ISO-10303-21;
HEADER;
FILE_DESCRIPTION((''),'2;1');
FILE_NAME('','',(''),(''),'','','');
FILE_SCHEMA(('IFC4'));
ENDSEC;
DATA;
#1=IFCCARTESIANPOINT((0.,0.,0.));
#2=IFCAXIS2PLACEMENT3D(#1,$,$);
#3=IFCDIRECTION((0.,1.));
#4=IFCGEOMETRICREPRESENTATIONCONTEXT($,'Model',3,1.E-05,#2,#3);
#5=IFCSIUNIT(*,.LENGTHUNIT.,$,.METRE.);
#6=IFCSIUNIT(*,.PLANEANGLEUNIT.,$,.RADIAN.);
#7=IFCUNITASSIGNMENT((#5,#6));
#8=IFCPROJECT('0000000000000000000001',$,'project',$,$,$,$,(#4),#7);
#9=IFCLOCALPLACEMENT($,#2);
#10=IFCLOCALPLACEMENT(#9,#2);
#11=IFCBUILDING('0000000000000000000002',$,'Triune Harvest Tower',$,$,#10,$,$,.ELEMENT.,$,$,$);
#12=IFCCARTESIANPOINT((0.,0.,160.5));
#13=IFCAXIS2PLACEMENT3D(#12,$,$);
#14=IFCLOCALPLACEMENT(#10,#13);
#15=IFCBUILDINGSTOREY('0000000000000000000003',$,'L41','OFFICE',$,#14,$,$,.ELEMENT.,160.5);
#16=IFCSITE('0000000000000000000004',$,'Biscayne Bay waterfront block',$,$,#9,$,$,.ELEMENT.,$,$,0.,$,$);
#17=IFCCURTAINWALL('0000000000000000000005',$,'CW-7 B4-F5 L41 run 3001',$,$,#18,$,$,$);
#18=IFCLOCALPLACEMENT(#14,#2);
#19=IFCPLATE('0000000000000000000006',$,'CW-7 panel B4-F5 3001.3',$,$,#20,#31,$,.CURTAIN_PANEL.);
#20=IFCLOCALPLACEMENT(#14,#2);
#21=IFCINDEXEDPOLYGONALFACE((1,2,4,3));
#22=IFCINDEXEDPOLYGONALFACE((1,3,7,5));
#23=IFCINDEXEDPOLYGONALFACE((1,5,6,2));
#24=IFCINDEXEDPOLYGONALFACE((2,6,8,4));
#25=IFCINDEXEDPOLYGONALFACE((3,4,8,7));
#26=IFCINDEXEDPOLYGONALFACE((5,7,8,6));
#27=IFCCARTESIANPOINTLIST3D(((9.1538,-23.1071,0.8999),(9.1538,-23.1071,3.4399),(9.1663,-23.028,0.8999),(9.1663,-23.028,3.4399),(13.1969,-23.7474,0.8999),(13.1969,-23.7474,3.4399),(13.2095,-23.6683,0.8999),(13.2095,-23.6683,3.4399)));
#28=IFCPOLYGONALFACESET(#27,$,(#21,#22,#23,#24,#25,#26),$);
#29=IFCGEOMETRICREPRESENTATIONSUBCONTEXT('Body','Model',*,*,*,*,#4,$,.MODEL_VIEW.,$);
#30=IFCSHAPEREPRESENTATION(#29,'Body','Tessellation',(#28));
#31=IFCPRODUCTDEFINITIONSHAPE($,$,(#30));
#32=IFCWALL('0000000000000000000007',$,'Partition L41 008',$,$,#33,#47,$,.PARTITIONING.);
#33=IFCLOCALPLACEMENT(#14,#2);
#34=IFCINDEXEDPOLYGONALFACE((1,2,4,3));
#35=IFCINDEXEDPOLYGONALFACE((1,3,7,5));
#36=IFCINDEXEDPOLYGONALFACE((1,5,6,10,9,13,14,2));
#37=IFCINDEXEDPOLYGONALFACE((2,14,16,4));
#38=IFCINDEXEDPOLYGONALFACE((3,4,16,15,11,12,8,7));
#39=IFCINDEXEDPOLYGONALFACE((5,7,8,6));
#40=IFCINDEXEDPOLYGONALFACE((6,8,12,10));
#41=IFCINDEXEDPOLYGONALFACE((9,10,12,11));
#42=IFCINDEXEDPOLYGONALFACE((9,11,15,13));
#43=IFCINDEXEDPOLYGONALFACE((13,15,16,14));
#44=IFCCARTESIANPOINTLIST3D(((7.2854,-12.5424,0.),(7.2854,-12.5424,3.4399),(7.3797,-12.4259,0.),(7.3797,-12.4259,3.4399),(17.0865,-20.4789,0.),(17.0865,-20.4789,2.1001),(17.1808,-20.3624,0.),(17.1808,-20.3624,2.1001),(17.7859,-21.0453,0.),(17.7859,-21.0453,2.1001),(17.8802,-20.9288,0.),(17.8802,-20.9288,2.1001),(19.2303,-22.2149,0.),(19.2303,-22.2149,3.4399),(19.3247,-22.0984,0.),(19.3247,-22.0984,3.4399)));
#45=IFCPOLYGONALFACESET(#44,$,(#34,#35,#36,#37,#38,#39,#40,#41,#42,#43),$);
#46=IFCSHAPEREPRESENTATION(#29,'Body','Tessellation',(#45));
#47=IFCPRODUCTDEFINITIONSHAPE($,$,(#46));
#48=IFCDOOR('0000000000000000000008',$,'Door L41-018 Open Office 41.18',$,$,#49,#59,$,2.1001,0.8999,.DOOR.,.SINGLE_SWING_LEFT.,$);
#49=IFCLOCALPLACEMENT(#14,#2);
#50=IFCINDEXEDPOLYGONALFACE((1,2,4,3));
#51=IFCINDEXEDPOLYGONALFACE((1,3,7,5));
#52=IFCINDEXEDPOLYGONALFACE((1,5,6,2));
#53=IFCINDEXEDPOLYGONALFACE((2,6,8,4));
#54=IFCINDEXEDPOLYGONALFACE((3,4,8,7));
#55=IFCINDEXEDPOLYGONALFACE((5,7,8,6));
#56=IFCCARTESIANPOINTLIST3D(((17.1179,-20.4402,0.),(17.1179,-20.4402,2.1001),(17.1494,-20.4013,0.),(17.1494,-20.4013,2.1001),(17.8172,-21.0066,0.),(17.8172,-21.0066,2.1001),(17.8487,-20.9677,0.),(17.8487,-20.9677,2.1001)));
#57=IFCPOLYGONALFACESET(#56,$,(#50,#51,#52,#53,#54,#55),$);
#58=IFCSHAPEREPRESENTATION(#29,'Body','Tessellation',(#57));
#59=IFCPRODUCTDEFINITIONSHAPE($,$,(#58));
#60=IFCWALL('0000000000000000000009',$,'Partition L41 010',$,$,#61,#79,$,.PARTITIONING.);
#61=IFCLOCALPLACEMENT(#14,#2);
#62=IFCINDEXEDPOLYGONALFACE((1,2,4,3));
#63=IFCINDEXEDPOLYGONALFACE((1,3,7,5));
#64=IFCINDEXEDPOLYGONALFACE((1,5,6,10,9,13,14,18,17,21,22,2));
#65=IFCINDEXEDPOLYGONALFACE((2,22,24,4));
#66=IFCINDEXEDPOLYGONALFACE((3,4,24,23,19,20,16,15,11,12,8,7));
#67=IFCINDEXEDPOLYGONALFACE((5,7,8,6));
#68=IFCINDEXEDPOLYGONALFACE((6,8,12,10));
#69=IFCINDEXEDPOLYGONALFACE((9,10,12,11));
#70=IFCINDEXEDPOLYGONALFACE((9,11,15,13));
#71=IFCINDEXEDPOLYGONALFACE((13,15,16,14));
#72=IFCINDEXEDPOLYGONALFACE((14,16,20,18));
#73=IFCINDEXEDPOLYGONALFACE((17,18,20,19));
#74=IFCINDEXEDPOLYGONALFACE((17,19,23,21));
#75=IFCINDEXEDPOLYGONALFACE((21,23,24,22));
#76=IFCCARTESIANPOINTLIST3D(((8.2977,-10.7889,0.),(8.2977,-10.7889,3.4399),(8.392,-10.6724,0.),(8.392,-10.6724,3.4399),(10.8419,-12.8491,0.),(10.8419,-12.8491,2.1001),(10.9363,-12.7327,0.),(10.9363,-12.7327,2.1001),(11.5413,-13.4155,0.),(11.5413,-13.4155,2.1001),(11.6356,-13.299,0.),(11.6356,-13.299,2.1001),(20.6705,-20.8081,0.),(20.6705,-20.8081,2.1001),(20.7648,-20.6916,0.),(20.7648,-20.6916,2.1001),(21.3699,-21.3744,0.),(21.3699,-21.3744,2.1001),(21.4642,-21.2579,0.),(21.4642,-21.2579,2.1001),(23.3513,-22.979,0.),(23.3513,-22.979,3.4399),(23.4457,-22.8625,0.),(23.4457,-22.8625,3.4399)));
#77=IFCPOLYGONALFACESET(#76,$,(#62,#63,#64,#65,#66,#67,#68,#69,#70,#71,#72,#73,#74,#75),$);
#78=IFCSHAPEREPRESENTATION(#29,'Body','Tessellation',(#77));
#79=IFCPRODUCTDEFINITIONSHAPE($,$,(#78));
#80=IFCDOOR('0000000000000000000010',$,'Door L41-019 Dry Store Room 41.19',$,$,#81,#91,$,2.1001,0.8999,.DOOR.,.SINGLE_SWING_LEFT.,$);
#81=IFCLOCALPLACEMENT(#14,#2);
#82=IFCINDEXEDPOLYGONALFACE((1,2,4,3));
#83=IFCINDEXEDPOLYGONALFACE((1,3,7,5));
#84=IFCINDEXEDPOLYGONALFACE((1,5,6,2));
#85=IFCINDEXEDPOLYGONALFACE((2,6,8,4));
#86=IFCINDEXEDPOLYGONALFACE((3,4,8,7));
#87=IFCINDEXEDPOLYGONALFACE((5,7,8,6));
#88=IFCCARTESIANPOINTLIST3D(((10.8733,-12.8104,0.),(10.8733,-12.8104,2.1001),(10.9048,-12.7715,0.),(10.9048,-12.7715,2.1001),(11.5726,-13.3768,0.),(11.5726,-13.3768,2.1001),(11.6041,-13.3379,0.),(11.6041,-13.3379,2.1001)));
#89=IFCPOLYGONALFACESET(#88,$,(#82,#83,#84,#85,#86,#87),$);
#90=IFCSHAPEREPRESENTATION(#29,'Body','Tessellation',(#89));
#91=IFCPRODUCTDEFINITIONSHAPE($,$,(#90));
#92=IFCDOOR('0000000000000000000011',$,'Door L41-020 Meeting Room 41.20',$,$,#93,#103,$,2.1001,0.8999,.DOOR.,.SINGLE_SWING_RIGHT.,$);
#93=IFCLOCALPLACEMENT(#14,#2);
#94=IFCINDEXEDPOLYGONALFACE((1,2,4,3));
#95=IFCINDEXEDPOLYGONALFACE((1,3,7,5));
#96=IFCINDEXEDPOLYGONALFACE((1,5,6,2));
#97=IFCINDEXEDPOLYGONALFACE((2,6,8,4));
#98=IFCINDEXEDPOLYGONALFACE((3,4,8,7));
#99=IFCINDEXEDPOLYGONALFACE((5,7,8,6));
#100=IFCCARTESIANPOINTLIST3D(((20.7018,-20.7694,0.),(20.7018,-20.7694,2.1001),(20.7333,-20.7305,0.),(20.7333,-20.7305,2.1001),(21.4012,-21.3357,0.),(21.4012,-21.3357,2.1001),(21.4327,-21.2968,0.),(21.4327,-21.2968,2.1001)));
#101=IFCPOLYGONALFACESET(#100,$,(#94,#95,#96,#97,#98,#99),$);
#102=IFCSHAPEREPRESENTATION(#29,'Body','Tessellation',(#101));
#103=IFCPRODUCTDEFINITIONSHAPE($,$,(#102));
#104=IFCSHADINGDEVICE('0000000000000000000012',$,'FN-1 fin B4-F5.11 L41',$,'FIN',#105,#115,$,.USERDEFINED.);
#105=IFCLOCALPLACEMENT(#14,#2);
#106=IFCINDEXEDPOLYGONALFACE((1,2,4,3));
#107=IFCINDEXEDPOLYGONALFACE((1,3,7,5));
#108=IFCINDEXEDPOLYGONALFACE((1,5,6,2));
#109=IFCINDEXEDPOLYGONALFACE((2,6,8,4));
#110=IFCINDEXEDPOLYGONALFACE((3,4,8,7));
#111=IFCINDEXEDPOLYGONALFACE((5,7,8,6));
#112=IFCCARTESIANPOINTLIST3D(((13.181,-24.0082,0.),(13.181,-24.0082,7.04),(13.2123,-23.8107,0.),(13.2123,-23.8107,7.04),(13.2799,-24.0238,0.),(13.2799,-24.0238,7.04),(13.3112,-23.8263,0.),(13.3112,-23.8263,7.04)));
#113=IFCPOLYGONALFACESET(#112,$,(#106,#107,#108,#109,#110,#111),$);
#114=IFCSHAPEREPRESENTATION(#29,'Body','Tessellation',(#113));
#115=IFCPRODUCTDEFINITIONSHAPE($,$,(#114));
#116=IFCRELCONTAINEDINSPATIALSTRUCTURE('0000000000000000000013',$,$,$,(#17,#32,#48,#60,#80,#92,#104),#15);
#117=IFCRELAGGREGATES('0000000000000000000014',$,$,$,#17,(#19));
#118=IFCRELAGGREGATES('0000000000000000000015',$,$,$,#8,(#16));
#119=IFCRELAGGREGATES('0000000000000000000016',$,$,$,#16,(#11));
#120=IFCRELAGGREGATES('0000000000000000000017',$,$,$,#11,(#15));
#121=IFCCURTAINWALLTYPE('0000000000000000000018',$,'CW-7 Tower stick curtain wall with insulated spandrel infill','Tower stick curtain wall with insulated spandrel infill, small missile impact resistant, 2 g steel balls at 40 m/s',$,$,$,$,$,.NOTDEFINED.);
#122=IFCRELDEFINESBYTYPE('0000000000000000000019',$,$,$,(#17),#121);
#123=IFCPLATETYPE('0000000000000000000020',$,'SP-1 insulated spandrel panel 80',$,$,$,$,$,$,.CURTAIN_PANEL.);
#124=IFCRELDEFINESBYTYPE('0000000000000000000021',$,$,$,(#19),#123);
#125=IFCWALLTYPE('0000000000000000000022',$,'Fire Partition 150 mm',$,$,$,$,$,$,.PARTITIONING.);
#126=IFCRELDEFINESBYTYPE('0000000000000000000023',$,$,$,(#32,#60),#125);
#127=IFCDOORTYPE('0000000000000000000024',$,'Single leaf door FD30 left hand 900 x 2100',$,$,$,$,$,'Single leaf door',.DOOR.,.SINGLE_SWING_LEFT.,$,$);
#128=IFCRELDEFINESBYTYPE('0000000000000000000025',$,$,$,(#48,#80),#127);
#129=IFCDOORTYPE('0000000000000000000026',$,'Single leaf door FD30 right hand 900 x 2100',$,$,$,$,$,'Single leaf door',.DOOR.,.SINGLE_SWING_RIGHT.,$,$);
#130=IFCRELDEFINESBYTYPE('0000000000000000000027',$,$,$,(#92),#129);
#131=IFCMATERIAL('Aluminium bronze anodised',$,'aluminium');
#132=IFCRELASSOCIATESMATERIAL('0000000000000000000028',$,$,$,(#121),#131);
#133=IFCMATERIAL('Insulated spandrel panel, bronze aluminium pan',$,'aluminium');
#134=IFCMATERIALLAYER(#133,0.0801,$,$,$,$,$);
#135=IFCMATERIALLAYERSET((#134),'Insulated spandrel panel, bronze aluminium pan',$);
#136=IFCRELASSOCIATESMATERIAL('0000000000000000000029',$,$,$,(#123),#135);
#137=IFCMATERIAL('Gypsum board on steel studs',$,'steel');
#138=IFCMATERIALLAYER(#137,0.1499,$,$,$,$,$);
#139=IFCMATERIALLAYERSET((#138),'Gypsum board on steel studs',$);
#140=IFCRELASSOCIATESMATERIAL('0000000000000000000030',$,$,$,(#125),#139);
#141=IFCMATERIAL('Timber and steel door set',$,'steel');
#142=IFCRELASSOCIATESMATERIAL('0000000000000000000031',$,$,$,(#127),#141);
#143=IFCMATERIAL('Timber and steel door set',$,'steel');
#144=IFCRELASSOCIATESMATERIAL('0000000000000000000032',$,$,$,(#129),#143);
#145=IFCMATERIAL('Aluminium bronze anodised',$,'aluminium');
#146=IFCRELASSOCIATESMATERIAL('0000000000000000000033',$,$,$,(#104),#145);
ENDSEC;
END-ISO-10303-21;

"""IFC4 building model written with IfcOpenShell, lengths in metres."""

from ifc_helpers import new_model, si_unit, direction, frame, frame_2d, origin, origin_2d, place, context, subcontext, project, spatial, rectangle, extrude, source, transform, mapped, material, layer, layer_set, type_object, element, fill, aggregate, save


model = new_model("IFC4")

# Units and contexts
model_context = context("Model", 3, precision=1e-05, world=origin(), true_north=direction((0.0, 1.0)))
body_context = subcontext(model_context, "Body", "Model", "MODEL_VIEW")
ifc_project = project(units=[si_unit("LENGTHUNIT", "METRE"), si_unit("PLANEANGLEUNIT", "RADIAN")], contexts=[model_context])

# Site, building, storey
site_placement = place(None, origin())
site = spatial("IfcSite", under=ifc_project, at=site_placement, Name="Biscayne Bay waterfront block", CompositionType="ELEMENT", RefElevation=0.0)
building_placement = place(site_placement, origin())
building = spatial("IfcBuilding", under=site, at=building_placement, Name="Triune Harvest Tower", CompositionType="ELEMENT")
storey_placement = place(building_placement, frame((0.0, 0.0, 160.5)))
storey = spatial("IfcBuildingStorey", under=building, at=storey_placement, Name="L41", Description="OFFICE", CompositionType="ELEMENT", Elevation=160.5)

# Curtain wall
ifc_material_1 = material(Name="Aluminium bronze anodised", Category="aluminium")
curtain_wall_type_1 = type_object("IfcCurtainWallType", Name="CW-7 Tower stick curtain wall with insulated spandrel infill", Description="Tower stick curtain wall with insulated spandrel infill, small missile impact resistant, 2 g steel balls at 40 m/s", PredefinedType="NOTDEFINED", material=ifc_material_1)
curtain_wall_1_placement = place(storey_placement, origin())
curtain_wall_1 = element("IfcCurtainWall", 1, at=curtain_wall_1_placement, inside=storey, type_object=curtain_wall_type_1, Name="CW-7 B4-F5 L41 run 3001")

# Plate
ifc_material_2 = material(Name="Insulated spandrel panel, bronze aluminium pan", Category="aluminium")
ifc_layer_1 = layer(ifc_material_2, 0.0801)
ifc_layer_set_1 = layer_set([ifc_layer_1], Name="Insulated spandrel panel, bronze aluminium pan")
plate_type = type_object("IfcPlateType", Name="SP-1 insulated spandrel panel 80", PredefinedType="CURTAIN_PANEL", material=ifc_layer_set_1)
shared_shape_1 = source(origin(), body_context, "Body", "SweptSolid", [
    extrude(rectangle(XDim=4.0935, YDim=0.0801, at=origin_2d()), origin(), (0.0, 0.0, 1.0), 2.54),
])
plate_1_placement = place(storey_placement, frame((11.1816, -23.3877, 0.8999), z_axis=(0.0, 0.0, 1.0), x_axis=(0.987689, -0.156431, 0.0)))
plate_1 = element("IfcPlate", 2, at=plate_1_placement, type_object=plate_type, Name="CW-7 panel B4-F5 3001.3", PredefinedType="CURTAIN_PANEL", context=body_context, shape_type="MappedRepresentation", body=[
    mapped(shared_shape_1, transform((0.0, 0.0, 0.0), scale=1.0)),
])
aggregate(curtain_wall_1, [plate_1])

# Wall, opening, door
ifc_material_3 = material(Name="Gypsum board on steel studs", Category="steel")
ifc_layer_2 = layer(ifc_material_3, 0.1499)
ifc_layer_set_2 = layer_set([ifc_layer_2], Name="Gypsum board on steel studs")
wall_type = type_object("IfcWallType", Name="Fire Partition 150 mm", PredefinedType="PARTITIONING", material=ifc_layer_set_2)
shared_shape_2 = source(origin(), body_context, "Body", "SweptSolid", [
    extrude(rectangle(XDim=15.3701, YDim=0.1499, at=frame_2d((7.6851, 0.0))), origin(), (0.0, 0.0, 1.0), 3.4399),
])
wall_1_placement = place(storey_placement, frame((7.3325, -12.4841, 0.0), z_axis=(0.0, 0.0, 1.0), x_axis=(0.777156, -0.629308, 0.0)))
wall_1 = element("IfcWall", 3, at=wall_1_placement, inside=storey, type_object=wall_type, Name="Partition L41 008", PredefinedType="PARTITIONING", context=body_context, shape_type="MappedRepresentation", body=[
    mapped(shared_shape_2, transform((0.0, 0.0, 0.0), scale=1.0)),
])
opening_1_placement = place(wall_1_placement, frame((12.6116, 0.0, 0.0)))
opening_1 = element("IfcOpeningElement", 4, at=opening_1_placement, cuts=wall_1, PredefinedType="OPENING", context=body_context, shape_type="SweptSolid", body=[
    extrude(rectangle(XDim=0.8999, YDim=2.1001, at=frame_2d((0.45, 1.05))), frame((0.0, 0.085, 0.0), z_axis=(0.0, -1.0, 0.0), x_axis=(1.0, 0.0, 0.0)), (0.0, 0.0, 1.0), 0.1699),
])
ifc_material_4 = material(Name="Timber and steel door set", Category="steel")
door_type_1 = type_object("IfcDoorType", Name="Single leaf door FD30 left hand 900 x 2100", ElementType="Single leaf door", OperationType="SINGLE_SWING_LEFT", PredefinedType="DOOR", material=ifc_material_4)
door_1_placement = place(opening_1_placement, origin())
door_1 = element("IfcDoor", 5, at=door_1_placement, inside=storey, type_object=door_type_1, Name="Door L41-018 Open Office 41.18", OperationType="SINGLE_SWING_LEFT", OverallHeight=2.1001, OverallWidth=0.8999, PredefinedType="DOOR", context=body_context, shape_type="SweptSolid", body=[
    extrude(rectangle(XDim=0.8999, YDim=2.1001, at=frame_2d((0.45, 1.05))), frame((0.0, 0.0249, 0.0), z_axis=(0.0, -1.0, 0.0), x_axis=(1.0, 0.0, 0.0)), (0.0, 0.0, 1.0), 0.05),
])
fill(opening_1, door_1)

# Wall, openings, doors
shared_shape_3 = source(origin(), body_context, "Body", "SweptSolid", [
    extrude(rectangle(XDim=19.3704, YDim=0.1499, at=frame_2d((9.6851, 0.0))), origin(), (0.0, 0.0, 1.0), 3.4399),
])
wall_2_placement = place(storey_placement, frame((8.345, -10.7307, 0.0), z_axis=(0.0, 0.0, 1.0), x_axis=(0.777148, -0.629318, 0.0)))
wall_2 = element("IfcWall", 6, at=wall_2_placement, inside=storey, type_object=wall_type, Name="Partition L41 010", PredefinedType="PARTITIONING", context=body_context, shape_type="MappedRepresentation", body=[
    mapped(shared_shape_3, transform((0.0, 0.0, 0.0), scale=1.0)),
])
opening_2_placement = place(wall_2_placement, frame((3.2737, 0.0, 0.0)))
opening_2 = element("IfcOpeningElement", 7, at=opening_2_placement, cuts=wall_2, PredefinedType="OPENING", context=body_context, shape_type="SweptSolid", body=[
    extrude(rectangle(XDim=0.8999, YDim=2.1001, at=frame_2d((0.45, 1.05))), frame((0.0, 0.085, 0.0), z_axis=(0.0, -1.0, 0.0), x_axis=(1.0, 0.0, 0.0)), (0.0, 0.0, 1.0), 0.1699),
])
opening_3_placement = place(wall_2_placement, frame((15.9207, 0.0, 0.0)))
opening_3 = element("IfcOpeningElement", 8, at=opening_3_placement, cuts=wall_2, PredefinedType="OPENING", context=body_context, shape_type="SweptSolid", body=[
    extrude(rectangle(XDim=0.8999, YDim=2.1001, at=frame_2d((0.45, 1.05))), frame((0.0, 0.085, 0.0), z_axis=(0.0, -1.0, 0.0), x_axis=(1.0, 0.0, 0.0)), (0.0, 0.0, 1.0), 0.1699),
])
door_2_placement = place(opening_2_placement, origin())
door_2 = element("IfcDoor", 9, at=door_2_placement, inside=storey, type_object=door_type_1, Name="Door L41-019 Dry Store Room 41.19", OperationType="SINGLE_SWING_LEFT", OverallHeight=2.1001, OverallWidth=0.8999, PredefinedType="DOOR", context=body_context, shape_type="SweptSolid", body=[
    extrude(rectangle(XDim=0.8999, YDim=2.1001, at=frame_2d((0.45, 1.05))), frame((0.0, 0.0249, 0.0), z_axis=(0.0, -1.0, 0.0), x_axis=(1.0, 0.0, 0.0)), (0.0, 0.0, 1.0), 0.05),
])
fill(opening_2, door_2)
ifc_material_5 = material(Name="Timber and steel door set", Category="steel")
door_type_2 = type_object("IfcDoorType", Name="Single leaf door FD30 right hand 900 x 2100", ElementType="Single leaf door", OperationType="SINGLE_SWING_RIGHT", PredefinedType="DOOR", material=ifc_material_5)
door_3_placement = place(opening_3_placement, origin())
door_3 = element("IfcDoor", 10, at=door_3_placement, inside=storey, type_object=door_type_2, Name="Door L41-020 Meeting Room 41.20", OperationType="SINGLE_SWING_RIGHT", OverallHeight=2.1001, OverallWidth=0.8999, PredefinedType="DOOR", context=body_context, shape_type="SweptSolid", body=[
    extrude(rectangle(XDim=0.8999, YDim=2.1001, at=frame_2d((0.45, 1.05))), frame((0.0, 0.0249, 0.0), z_axis=(0.0, -1.0, 0.0), x_axis=(1.0, 0.0, 0.0)), (0.0, 0.0, 1.0), 0.05),
])
fill(opening_3, door_3)

# Shading device
ifc_material_6 = material(Name="Aluminium bronze anodised", Category="aluminium")
shared_shape_4 = source(origin(), body_context, "Body", "SweptSolid", [
    extrude(rectangle(XDim=0.1001, YDim=0.2, at=origin_2d()), origin(), (0.0, 0.0, 1.0), 7.04),
])
shading_device_placement = place(storey_placement, frame((13.2461, -23.9172, 0.0), z_axis=(0.0, 0.0, 1.0), x_axis=(0.987688, -0.156435, 0.0)))
element("IfcShadingDevice", 11, at=shading_device_placement, inside=storey, material=ifc_material_6, Name="FN-1 fin B4-F5.11 L41", ObjectType="FIN", PredefinedType="USERDEFINED", context=body_context, shape_type="MappedRepresentation", body=[
    mapped(shared_shape_4, transform((0.0, 0.0, 0.0), scale=1.0)),
])

save(model, "model.ifc")
